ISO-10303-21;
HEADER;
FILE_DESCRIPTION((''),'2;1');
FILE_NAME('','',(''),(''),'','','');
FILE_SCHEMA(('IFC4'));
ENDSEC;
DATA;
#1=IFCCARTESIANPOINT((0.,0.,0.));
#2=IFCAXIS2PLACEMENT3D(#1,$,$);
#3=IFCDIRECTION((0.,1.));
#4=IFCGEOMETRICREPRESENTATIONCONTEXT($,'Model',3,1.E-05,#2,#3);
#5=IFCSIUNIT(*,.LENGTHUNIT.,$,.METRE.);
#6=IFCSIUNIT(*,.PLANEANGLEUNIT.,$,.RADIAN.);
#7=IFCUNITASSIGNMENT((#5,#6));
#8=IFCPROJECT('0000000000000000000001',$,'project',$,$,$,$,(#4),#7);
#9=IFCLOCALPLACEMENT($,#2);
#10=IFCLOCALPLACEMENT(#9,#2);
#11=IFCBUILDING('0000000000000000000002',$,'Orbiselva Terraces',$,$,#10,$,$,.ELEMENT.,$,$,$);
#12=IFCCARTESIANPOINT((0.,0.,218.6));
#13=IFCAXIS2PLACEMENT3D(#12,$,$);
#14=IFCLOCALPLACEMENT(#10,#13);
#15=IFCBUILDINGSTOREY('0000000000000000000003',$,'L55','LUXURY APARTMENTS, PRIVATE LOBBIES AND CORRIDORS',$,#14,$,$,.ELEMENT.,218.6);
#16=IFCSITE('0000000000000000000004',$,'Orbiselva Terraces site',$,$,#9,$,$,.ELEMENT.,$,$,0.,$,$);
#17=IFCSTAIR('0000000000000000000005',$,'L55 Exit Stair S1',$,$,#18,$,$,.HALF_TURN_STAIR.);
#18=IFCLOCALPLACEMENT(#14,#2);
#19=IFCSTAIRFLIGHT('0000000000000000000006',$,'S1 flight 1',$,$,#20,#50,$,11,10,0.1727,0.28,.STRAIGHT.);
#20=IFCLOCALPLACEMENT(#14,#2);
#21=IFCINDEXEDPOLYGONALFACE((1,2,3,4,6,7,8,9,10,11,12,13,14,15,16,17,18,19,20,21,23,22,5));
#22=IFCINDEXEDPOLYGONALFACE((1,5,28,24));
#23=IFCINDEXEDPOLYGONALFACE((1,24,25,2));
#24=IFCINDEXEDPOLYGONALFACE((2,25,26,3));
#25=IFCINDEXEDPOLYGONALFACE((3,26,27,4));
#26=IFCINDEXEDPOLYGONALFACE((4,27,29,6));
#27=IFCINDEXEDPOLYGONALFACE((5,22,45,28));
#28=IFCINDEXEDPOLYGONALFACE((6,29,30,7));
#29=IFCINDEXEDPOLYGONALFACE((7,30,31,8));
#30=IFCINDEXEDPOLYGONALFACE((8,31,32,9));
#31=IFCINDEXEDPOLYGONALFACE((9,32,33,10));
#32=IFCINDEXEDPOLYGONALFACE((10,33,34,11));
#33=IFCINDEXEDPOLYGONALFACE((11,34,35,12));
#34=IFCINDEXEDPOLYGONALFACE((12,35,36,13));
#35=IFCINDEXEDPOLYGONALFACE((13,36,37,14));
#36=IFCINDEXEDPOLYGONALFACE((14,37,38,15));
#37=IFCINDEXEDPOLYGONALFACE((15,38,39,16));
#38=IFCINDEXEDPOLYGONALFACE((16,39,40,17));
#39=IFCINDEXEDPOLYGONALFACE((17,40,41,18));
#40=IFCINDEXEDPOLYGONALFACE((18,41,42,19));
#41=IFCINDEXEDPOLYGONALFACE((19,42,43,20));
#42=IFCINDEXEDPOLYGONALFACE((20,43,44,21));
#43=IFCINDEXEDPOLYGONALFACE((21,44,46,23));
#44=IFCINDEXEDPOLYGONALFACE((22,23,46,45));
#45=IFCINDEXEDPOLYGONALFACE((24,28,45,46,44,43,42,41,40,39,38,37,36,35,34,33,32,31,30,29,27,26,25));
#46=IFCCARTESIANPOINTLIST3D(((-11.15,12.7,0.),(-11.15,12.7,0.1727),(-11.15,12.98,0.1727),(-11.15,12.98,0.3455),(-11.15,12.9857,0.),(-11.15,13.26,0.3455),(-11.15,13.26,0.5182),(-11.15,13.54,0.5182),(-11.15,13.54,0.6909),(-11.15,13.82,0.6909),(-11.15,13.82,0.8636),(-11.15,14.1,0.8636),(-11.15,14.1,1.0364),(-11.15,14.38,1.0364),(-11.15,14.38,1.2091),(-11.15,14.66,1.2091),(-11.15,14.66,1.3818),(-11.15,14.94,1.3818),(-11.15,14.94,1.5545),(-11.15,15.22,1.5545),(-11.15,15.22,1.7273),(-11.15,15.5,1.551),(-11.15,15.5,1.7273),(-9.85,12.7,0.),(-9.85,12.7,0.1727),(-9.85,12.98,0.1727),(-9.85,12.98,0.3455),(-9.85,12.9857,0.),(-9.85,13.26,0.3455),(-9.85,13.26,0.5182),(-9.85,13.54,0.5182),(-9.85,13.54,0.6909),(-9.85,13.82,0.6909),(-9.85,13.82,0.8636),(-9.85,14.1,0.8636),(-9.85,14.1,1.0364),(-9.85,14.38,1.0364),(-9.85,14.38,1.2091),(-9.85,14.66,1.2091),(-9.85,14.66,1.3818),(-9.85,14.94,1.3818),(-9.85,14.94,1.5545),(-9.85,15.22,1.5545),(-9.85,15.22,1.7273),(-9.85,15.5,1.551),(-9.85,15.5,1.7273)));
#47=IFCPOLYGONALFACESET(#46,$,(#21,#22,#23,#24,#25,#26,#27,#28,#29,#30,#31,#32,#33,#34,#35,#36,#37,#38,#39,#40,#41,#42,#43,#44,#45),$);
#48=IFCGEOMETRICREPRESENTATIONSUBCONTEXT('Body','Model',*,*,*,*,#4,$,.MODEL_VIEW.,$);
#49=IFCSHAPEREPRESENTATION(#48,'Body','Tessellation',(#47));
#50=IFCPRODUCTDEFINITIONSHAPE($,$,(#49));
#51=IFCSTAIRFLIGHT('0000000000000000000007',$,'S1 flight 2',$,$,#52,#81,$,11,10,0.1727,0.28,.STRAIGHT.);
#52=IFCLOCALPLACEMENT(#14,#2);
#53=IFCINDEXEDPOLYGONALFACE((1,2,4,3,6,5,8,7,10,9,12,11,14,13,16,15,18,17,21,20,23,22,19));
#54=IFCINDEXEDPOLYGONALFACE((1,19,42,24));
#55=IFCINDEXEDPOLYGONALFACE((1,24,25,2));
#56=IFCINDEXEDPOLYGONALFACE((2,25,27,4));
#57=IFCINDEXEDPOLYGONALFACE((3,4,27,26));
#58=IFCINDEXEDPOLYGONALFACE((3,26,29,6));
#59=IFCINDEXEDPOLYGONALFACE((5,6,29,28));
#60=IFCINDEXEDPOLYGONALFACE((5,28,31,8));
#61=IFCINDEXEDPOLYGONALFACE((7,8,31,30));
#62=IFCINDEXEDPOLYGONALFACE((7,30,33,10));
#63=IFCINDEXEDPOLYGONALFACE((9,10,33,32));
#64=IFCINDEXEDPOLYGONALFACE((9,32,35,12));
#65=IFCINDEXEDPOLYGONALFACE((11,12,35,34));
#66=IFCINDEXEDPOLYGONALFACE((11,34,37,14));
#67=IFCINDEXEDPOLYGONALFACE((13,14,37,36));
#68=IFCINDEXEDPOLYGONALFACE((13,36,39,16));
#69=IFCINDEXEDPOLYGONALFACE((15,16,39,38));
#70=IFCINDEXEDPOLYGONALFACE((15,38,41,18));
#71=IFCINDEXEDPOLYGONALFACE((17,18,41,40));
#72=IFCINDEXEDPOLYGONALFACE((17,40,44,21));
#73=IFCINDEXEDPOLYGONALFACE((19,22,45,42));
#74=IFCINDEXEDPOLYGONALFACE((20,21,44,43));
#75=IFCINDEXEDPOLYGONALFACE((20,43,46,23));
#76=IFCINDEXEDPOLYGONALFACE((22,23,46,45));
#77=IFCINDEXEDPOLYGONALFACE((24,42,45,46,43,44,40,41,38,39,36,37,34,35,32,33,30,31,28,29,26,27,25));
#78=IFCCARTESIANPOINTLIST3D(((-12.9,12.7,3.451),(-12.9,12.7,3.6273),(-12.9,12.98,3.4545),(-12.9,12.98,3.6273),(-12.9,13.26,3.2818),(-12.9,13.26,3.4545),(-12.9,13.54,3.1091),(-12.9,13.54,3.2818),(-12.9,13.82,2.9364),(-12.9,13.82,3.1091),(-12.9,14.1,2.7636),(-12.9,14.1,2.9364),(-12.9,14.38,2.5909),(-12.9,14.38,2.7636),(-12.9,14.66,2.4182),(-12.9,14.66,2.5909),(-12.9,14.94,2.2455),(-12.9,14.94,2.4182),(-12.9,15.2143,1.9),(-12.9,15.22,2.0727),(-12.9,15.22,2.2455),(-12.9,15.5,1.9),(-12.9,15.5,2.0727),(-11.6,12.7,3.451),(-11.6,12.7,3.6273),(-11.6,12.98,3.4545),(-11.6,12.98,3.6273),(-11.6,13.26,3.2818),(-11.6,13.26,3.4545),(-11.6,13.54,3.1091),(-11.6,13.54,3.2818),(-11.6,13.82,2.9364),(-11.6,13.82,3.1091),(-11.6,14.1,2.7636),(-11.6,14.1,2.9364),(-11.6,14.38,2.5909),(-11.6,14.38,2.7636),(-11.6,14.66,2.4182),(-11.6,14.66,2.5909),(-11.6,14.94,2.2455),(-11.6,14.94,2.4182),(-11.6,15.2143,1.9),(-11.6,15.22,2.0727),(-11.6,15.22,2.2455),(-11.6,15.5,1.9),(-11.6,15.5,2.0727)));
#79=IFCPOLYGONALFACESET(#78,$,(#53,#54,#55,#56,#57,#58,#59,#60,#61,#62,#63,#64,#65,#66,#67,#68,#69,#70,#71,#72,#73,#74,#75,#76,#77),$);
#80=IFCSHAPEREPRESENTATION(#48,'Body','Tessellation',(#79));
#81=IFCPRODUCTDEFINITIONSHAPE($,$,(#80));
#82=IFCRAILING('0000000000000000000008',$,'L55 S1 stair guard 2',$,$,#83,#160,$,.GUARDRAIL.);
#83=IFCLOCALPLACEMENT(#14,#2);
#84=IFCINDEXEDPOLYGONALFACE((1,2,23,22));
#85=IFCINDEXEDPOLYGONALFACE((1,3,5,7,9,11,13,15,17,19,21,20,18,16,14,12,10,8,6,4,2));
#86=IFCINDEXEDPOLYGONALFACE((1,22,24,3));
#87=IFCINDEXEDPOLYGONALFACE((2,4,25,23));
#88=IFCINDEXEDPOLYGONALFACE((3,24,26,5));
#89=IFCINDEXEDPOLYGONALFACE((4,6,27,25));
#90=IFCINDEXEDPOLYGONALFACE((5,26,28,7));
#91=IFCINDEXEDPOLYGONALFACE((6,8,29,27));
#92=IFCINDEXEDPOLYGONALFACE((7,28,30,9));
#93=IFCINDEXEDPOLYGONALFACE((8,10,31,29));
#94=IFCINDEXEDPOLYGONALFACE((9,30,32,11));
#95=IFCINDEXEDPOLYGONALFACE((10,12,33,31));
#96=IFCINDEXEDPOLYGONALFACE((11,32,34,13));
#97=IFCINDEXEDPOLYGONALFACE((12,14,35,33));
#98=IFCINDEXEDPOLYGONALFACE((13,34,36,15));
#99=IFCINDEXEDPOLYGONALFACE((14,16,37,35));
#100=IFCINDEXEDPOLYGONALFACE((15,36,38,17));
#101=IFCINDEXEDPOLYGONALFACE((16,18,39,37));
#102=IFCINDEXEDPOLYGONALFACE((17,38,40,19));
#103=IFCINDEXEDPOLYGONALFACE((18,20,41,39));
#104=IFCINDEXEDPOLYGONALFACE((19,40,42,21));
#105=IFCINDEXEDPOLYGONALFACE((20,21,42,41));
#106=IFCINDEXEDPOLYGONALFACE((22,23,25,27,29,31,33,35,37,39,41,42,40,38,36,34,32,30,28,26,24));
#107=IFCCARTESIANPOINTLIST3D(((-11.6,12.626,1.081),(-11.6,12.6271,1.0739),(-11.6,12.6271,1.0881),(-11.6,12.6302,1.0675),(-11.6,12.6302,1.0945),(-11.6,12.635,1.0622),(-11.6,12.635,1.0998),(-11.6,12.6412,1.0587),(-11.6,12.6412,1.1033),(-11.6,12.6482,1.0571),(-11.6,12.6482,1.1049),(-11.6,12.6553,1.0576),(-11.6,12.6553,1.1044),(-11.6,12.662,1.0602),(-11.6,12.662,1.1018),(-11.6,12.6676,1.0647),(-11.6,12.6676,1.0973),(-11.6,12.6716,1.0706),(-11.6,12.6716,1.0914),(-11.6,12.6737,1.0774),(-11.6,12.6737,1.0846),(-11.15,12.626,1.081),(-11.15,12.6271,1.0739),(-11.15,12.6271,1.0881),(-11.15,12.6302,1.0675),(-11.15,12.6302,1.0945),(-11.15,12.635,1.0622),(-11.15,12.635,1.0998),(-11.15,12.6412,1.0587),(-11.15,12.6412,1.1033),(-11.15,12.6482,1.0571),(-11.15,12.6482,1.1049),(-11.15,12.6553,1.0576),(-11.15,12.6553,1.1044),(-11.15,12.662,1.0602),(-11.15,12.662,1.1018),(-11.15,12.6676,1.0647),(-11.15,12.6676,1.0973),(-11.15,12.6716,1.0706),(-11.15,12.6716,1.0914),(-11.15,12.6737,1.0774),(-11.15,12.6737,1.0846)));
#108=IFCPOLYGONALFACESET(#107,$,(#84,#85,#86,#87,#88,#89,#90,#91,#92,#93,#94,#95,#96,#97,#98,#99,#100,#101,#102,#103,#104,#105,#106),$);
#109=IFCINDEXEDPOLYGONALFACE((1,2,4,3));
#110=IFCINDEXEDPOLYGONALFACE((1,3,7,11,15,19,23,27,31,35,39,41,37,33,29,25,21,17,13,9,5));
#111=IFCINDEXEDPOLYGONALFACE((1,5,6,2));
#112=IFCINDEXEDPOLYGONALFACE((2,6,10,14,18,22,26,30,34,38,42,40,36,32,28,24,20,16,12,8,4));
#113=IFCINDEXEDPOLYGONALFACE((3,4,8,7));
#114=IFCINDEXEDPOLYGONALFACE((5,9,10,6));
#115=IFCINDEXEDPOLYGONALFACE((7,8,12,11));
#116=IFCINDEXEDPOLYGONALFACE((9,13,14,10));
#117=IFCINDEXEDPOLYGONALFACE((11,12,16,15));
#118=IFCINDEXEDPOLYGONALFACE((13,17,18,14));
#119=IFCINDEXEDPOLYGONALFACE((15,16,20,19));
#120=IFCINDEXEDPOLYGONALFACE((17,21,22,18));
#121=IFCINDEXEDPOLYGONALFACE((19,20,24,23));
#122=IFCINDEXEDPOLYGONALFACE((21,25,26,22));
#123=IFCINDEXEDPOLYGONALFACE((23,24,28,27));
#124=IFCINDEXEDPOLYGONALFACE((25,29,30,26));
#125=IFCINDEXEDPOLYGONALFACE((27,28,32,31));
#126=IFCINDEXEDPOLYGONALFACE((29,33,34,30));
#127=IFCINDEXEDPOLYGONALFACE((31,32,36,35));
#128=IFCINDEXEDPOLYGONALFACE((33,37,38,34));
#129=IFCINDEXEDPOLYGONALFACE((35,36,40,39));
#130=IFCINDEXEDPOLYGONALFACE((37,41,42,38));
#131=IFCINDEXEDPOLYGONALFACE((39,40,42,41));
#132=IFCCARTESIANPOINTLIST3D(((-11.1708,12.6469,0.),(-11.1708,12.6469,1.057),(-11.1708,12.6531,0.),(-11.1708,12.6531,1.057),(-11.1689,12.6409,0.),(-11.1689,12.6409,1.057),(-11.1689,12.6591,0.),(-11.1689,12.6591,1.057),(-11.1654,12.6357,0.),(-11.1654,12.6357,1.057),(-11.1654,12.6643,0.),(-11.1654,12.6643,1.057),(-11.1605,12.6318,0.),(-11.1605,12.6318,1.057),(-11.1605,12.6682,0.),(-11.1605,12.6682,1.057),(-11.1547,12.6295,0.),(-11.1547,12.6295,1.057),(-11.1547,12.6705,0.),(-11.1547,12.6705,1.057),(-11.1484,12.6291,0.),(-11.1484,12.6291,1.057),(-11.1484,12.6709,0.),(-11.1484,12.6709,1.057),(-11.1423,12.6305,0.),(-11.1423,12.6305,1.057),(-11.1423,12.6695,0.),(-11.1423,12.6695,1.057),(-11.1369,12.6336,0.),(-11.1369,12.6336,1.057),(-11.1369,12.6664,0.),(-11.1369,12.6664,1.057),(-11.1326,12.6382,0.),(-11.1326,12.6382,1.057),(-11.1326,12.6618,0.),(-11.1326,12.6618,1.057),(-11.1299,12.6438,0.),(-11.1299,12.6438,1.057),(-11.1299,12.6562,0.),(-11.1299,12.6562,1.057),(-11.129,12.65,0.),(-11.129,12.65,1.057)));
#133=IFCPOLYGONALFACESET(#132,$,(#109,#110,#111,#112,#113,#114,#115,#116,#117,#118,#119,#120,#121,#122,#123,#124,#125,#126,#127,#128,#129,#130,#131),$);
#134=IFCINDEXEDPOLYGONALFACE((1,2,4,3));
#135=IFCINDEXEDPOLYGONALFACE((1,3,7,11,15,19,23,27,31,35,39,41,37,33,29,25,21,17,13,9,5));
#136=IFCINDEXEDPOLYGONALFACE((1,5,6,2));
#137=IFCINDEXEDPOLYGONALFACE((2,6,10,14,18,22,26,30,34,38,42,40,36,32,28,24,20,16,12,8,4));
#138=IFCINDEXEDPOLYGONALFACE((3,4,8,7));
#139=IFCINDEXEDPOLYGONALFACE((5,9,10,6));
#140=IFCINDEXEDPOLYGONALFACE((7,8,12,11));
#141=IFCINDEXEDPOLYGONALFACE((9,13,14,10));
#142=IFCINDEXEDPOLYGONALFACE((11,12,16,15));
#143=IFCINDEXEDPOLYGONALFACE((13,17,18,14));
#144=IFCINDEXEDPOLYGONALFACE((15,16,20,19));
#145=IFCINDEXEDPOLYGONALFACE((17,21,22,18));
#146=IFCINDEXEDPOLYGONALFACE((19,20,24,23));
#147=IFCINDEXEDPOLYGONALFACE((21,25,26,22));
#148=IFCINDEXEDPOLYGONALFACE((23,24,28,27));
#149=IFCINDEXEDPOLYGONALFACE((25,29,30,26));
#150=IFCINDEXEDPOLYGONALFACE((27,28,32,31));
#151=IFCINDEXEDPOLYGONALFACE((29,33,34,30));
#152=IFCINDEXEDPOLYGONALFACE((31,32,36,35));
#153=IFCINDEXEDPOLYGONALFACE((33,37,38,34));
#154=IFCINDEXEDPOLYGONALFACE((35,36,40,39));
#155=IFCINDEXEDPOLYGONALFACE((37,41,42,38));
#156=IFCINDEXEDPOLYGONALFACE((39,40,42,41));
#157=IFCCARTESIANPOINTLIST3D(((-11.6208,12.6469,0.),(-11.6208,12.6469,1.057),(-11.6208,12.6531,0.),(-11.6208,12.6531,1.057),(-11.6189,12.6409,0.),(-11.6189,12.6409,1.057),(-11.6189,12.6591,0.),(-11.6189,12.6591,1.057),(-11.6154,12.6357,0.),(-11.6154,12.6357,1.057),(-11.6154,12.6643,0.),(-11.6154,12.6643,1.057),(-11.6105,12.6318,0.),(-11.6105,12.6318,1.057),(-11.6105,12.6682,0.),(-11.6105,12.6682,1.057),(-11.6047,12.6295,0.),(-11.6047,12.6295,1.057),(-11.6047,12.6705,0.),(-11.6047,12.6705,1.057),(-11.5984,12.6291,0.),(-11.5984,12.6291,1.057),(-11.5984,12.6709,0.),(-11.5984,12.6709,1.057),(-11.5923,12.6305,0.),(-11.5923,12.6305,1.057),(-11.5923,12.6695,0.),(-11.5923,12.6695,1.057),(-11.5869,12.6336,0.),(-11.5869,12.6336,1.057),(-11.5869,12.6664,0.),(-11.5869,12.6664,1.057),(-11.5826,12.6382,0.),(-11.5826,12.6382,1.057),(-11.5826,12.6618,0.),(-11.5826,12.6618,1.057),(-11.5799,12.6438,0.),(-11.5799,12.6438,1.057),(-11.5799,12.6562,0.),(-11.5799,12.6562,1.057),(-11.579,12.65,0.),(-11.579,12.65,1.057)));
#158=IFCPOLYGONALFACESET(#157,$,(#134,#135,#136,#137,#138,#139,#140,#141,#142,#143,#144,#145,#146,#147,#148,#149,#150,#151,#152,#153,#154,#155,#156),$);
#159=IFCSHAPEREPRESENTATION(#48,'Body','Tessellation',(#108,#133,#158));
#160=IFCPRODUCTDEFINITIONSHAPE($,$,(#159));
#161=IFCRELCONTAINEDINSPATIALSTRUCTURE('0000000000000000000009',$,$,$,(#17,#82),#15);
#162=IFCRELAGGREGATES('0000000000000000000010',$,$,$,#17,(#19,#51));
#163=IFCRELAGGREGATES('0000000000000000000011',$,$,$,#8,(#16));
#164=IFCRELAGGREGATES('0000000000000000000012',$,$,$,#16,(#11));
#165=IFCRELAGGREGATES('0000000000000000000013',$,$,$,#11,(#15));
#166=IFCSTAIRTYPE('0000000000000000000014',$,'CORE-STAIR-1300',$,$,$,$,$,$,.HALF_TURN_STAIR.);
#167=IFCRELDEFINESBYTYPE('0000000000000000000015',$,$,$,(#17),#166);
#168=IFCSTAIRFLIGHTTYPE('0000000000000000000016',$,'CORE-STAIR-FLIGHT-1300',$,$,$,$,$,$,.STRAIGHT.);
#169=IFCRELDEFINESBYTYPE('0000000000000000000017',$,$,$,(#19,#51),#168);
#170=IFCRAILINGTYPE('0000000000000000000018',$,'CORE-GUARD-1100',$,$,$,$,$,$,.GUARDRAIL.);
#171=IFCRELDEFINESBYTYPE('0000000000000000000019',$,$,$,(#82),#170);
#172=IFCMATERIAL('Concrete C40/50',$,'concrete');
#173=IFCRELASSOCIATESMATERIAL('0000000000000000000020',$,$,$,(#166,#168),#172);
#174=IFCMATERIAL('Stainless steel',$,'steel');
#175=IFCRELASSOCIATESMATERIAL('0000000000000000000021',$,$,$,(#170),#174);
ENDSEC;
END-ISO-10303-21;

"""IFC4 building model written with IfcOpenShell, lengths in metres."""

from ifc_helpers import new_model, si_unit, direction, frame, origin, origin_2d, place, context, subcontext, project, spatial, polyline, circle, outline, extrude, material, type_object, element, aggregate, save


model = new_model("IFC4")

# Units and contexts
model_context = context("Model", 3, precision=1e-05, world=origin(), true_north=direction((0.0, 1.0)))
body_context = subcontext(model_context, "Body", "Model", "MODEL_VIEW")
ifc_project = project(units=[si_unit("LENGTHUNIT", "METRE"), si_unit("PLANEANGLEUNIT", "RADIAN")], contexts=[model_context])

# Site, building, storey
site_placement = place(None, origin())
site = spatial("IfcSite", under=ifc_project, at=site_placement, Name="Orbiselva Terraces site", CompositionType="ELEMENT", RefElevation=0.0)
building_placement = place(site_placement, origin())
building = spatial("IfcBuilding", under=site, at=building_placement, Name="Orbiselva Terraces", CompositionType="ELEMENT")
storey_placement = place(building_placement, frame((0.0, 0.0, 218.6)))
storey = spatial("IfcBuildingStorey", under=building, at=storey_placement, Name="L55", Description="LUXURY APARTMENTS, PRIVATE LOBBIES AND CORRIDORS", CompositionType="ELEMENT", Elevation=218.6)

# Shared definitions
ifc_material_1 = material(Name="Concrete C40/50", Category="concrete")

# Stair, stair flights
stair_type = type_object("IfcStairType", Name="CORE-STAIR-1300", PredefinedType="HALF_TURN_STAIR", material=ifc_material_1)
stair_placement = place(storey_placement, origin())
stair = element("IfcStair", 1, at=stair_placement, inside=storey, type_object=stair_type, Name="L55 Exit Stair S1", PredefinedType="HALF_TURN_STAIR")
stair_flight_type = type_object("IfcStairFlightType", Name="CORE-STAIR-FLIGHT-1300", PredefinedType="STRAIGHT", material=ifc_material_1)
stair_flight_1_placement = place(storey_placement, frame((-10.5, 12.7, 0.0), z_axis=(0.0, 0.0, 1.0), x_axis=(0.0, 1.0, 0.0)))
stair_flight_1 = element("IfcStairFlight", 2, at=stair_flight_1_placement, type_object=stair_flight_type, Name="S1 flight 1", NumberOfRisers=11, NumberOfTreads=10, PredefinedType="STRAIGHT", RiserHeight=0.1727, TreadLength=0.28, context=body_context, shape_type="SweptSolid", body=[
    extrude(outline(polyline([(0.0, 0.0), (0.0, 0.1727), (0.28, 0.1727), (0.28, 0.3455), (0.56, 0.3455), (0.56, 0.5182), (0.84, 0.5182), (0.84, 0.6909), (1.12, 0.6909), (1.12, 0.8636), (1.4, 0.8636), (1.4, 1.0364), (1.68, 1.0364), (1.68, 1.2091), (1.96, 1.2091), (1.96, 1.3818), (2.24, 1.3818), (2.24, 1.5545), (2.52, 1.5545), (2.52, 1.7273), (2.8, 1.7273), (2.8, 1.9), (2.8, 1.551), (0.2857, 0.0), (0.0, 0.0)])), frame((0.0, 0.65, 0.0), z_axis=(0.0, -1.0, 0.0), x_axis=(1.0, 0.0, 0.0)), (0.0, 0.0, 1.0), 1.3),
])
stair_flight_2_placement = place(storey_placement, frame((-12.25, 15.5, 1.9), z_axis=(0.0, 0.0, 1.0), x_axis=(0.0, -1.0, 0.0)))
stair_flight_2 = element("IfcStairFlight", 3, at=stair_flight_2_placement, type_object=stair_flight_type, Name="S1 flight 2", NumberOfRisers=11, NumberOfTreads=10, PredefinedType="STRAIGHT", RiserHeight=0.1727, TreadLength=0.28, context=body_context, shape_type="SweptSolid", body=[
    extrude(outline(polyline([(0.0, 0.0), (0.0, 0.1727), (0.28, 0.1727), (0.28, 0.3455), (0.56, 0.3455), (0.56, 0.5182), (0.84, 0.5182), (0.84, 0.6909), (1.12, 0.6909), (1.12, 0.8636), (1.4, 0.8636), (1.4, 1.0364), (1.68, 1.0364), (1.68, 1.2091), (1.96, 1.2091), (1.96, 1.3818), (2.24, 1.3818), (2.24, 1.5545), (2.52, 1.5545), (2.52, 1.7273), (2.8, 1.7273), (2.8, 1.9), (2.8, 1.551), (0.2857, 0.0), (0.0, 0.0)])), frame((0.0, 0.65, 0.0), z_axis=(0.0, -1.0, 0.0), x_axis=(1.0, 0.0, 0.0)), (0.0, 0.0, 1.0), 1.3),
])
aggregate(stair, [stair_flight_1, stair_flight_2])

# Railing
ifc_material_2 = material(Name="Stainless steel", Category="steel")
railing_type_1 = type_object("IfcRailingType", Name="CORE-GUARD-1100", PredefinedType="GUARDRAIL", material=ifc_material_2)
railing_1_placement = place(storey_placement, frame((-11.15, 12.65, 0.0)))
element("IfcRailing", 4, at=railing_1_placement, inside=storey, type_object=railing_type_1, Name="L55 S1 stair guard 2", PredefinedType="GUARDRAIL", context=body_context, shape_type="SweptSolid", body=[
    extrude(circle(Radius=0.024, at=origin_2d()), frame((0.0, 0.0, 1.081), z_axis=(-1.0, 0.0, 0.0), x_axis=(0.0, -1.0, 0.0)), (0.0, 0.0, 1.0), 0.45),
    extrude(circle(Radius=0.021, at=origin_2d()), origin(), (0.0, 0.0, 1.0), 1.057),
    extrude(circle(Radius=0.021, at=origin_2d()), frame((-0.45, 0.0, 0.0)), (0.0, 0.0, 1.0), 1.057),
])

save(model, "model.ifc")
